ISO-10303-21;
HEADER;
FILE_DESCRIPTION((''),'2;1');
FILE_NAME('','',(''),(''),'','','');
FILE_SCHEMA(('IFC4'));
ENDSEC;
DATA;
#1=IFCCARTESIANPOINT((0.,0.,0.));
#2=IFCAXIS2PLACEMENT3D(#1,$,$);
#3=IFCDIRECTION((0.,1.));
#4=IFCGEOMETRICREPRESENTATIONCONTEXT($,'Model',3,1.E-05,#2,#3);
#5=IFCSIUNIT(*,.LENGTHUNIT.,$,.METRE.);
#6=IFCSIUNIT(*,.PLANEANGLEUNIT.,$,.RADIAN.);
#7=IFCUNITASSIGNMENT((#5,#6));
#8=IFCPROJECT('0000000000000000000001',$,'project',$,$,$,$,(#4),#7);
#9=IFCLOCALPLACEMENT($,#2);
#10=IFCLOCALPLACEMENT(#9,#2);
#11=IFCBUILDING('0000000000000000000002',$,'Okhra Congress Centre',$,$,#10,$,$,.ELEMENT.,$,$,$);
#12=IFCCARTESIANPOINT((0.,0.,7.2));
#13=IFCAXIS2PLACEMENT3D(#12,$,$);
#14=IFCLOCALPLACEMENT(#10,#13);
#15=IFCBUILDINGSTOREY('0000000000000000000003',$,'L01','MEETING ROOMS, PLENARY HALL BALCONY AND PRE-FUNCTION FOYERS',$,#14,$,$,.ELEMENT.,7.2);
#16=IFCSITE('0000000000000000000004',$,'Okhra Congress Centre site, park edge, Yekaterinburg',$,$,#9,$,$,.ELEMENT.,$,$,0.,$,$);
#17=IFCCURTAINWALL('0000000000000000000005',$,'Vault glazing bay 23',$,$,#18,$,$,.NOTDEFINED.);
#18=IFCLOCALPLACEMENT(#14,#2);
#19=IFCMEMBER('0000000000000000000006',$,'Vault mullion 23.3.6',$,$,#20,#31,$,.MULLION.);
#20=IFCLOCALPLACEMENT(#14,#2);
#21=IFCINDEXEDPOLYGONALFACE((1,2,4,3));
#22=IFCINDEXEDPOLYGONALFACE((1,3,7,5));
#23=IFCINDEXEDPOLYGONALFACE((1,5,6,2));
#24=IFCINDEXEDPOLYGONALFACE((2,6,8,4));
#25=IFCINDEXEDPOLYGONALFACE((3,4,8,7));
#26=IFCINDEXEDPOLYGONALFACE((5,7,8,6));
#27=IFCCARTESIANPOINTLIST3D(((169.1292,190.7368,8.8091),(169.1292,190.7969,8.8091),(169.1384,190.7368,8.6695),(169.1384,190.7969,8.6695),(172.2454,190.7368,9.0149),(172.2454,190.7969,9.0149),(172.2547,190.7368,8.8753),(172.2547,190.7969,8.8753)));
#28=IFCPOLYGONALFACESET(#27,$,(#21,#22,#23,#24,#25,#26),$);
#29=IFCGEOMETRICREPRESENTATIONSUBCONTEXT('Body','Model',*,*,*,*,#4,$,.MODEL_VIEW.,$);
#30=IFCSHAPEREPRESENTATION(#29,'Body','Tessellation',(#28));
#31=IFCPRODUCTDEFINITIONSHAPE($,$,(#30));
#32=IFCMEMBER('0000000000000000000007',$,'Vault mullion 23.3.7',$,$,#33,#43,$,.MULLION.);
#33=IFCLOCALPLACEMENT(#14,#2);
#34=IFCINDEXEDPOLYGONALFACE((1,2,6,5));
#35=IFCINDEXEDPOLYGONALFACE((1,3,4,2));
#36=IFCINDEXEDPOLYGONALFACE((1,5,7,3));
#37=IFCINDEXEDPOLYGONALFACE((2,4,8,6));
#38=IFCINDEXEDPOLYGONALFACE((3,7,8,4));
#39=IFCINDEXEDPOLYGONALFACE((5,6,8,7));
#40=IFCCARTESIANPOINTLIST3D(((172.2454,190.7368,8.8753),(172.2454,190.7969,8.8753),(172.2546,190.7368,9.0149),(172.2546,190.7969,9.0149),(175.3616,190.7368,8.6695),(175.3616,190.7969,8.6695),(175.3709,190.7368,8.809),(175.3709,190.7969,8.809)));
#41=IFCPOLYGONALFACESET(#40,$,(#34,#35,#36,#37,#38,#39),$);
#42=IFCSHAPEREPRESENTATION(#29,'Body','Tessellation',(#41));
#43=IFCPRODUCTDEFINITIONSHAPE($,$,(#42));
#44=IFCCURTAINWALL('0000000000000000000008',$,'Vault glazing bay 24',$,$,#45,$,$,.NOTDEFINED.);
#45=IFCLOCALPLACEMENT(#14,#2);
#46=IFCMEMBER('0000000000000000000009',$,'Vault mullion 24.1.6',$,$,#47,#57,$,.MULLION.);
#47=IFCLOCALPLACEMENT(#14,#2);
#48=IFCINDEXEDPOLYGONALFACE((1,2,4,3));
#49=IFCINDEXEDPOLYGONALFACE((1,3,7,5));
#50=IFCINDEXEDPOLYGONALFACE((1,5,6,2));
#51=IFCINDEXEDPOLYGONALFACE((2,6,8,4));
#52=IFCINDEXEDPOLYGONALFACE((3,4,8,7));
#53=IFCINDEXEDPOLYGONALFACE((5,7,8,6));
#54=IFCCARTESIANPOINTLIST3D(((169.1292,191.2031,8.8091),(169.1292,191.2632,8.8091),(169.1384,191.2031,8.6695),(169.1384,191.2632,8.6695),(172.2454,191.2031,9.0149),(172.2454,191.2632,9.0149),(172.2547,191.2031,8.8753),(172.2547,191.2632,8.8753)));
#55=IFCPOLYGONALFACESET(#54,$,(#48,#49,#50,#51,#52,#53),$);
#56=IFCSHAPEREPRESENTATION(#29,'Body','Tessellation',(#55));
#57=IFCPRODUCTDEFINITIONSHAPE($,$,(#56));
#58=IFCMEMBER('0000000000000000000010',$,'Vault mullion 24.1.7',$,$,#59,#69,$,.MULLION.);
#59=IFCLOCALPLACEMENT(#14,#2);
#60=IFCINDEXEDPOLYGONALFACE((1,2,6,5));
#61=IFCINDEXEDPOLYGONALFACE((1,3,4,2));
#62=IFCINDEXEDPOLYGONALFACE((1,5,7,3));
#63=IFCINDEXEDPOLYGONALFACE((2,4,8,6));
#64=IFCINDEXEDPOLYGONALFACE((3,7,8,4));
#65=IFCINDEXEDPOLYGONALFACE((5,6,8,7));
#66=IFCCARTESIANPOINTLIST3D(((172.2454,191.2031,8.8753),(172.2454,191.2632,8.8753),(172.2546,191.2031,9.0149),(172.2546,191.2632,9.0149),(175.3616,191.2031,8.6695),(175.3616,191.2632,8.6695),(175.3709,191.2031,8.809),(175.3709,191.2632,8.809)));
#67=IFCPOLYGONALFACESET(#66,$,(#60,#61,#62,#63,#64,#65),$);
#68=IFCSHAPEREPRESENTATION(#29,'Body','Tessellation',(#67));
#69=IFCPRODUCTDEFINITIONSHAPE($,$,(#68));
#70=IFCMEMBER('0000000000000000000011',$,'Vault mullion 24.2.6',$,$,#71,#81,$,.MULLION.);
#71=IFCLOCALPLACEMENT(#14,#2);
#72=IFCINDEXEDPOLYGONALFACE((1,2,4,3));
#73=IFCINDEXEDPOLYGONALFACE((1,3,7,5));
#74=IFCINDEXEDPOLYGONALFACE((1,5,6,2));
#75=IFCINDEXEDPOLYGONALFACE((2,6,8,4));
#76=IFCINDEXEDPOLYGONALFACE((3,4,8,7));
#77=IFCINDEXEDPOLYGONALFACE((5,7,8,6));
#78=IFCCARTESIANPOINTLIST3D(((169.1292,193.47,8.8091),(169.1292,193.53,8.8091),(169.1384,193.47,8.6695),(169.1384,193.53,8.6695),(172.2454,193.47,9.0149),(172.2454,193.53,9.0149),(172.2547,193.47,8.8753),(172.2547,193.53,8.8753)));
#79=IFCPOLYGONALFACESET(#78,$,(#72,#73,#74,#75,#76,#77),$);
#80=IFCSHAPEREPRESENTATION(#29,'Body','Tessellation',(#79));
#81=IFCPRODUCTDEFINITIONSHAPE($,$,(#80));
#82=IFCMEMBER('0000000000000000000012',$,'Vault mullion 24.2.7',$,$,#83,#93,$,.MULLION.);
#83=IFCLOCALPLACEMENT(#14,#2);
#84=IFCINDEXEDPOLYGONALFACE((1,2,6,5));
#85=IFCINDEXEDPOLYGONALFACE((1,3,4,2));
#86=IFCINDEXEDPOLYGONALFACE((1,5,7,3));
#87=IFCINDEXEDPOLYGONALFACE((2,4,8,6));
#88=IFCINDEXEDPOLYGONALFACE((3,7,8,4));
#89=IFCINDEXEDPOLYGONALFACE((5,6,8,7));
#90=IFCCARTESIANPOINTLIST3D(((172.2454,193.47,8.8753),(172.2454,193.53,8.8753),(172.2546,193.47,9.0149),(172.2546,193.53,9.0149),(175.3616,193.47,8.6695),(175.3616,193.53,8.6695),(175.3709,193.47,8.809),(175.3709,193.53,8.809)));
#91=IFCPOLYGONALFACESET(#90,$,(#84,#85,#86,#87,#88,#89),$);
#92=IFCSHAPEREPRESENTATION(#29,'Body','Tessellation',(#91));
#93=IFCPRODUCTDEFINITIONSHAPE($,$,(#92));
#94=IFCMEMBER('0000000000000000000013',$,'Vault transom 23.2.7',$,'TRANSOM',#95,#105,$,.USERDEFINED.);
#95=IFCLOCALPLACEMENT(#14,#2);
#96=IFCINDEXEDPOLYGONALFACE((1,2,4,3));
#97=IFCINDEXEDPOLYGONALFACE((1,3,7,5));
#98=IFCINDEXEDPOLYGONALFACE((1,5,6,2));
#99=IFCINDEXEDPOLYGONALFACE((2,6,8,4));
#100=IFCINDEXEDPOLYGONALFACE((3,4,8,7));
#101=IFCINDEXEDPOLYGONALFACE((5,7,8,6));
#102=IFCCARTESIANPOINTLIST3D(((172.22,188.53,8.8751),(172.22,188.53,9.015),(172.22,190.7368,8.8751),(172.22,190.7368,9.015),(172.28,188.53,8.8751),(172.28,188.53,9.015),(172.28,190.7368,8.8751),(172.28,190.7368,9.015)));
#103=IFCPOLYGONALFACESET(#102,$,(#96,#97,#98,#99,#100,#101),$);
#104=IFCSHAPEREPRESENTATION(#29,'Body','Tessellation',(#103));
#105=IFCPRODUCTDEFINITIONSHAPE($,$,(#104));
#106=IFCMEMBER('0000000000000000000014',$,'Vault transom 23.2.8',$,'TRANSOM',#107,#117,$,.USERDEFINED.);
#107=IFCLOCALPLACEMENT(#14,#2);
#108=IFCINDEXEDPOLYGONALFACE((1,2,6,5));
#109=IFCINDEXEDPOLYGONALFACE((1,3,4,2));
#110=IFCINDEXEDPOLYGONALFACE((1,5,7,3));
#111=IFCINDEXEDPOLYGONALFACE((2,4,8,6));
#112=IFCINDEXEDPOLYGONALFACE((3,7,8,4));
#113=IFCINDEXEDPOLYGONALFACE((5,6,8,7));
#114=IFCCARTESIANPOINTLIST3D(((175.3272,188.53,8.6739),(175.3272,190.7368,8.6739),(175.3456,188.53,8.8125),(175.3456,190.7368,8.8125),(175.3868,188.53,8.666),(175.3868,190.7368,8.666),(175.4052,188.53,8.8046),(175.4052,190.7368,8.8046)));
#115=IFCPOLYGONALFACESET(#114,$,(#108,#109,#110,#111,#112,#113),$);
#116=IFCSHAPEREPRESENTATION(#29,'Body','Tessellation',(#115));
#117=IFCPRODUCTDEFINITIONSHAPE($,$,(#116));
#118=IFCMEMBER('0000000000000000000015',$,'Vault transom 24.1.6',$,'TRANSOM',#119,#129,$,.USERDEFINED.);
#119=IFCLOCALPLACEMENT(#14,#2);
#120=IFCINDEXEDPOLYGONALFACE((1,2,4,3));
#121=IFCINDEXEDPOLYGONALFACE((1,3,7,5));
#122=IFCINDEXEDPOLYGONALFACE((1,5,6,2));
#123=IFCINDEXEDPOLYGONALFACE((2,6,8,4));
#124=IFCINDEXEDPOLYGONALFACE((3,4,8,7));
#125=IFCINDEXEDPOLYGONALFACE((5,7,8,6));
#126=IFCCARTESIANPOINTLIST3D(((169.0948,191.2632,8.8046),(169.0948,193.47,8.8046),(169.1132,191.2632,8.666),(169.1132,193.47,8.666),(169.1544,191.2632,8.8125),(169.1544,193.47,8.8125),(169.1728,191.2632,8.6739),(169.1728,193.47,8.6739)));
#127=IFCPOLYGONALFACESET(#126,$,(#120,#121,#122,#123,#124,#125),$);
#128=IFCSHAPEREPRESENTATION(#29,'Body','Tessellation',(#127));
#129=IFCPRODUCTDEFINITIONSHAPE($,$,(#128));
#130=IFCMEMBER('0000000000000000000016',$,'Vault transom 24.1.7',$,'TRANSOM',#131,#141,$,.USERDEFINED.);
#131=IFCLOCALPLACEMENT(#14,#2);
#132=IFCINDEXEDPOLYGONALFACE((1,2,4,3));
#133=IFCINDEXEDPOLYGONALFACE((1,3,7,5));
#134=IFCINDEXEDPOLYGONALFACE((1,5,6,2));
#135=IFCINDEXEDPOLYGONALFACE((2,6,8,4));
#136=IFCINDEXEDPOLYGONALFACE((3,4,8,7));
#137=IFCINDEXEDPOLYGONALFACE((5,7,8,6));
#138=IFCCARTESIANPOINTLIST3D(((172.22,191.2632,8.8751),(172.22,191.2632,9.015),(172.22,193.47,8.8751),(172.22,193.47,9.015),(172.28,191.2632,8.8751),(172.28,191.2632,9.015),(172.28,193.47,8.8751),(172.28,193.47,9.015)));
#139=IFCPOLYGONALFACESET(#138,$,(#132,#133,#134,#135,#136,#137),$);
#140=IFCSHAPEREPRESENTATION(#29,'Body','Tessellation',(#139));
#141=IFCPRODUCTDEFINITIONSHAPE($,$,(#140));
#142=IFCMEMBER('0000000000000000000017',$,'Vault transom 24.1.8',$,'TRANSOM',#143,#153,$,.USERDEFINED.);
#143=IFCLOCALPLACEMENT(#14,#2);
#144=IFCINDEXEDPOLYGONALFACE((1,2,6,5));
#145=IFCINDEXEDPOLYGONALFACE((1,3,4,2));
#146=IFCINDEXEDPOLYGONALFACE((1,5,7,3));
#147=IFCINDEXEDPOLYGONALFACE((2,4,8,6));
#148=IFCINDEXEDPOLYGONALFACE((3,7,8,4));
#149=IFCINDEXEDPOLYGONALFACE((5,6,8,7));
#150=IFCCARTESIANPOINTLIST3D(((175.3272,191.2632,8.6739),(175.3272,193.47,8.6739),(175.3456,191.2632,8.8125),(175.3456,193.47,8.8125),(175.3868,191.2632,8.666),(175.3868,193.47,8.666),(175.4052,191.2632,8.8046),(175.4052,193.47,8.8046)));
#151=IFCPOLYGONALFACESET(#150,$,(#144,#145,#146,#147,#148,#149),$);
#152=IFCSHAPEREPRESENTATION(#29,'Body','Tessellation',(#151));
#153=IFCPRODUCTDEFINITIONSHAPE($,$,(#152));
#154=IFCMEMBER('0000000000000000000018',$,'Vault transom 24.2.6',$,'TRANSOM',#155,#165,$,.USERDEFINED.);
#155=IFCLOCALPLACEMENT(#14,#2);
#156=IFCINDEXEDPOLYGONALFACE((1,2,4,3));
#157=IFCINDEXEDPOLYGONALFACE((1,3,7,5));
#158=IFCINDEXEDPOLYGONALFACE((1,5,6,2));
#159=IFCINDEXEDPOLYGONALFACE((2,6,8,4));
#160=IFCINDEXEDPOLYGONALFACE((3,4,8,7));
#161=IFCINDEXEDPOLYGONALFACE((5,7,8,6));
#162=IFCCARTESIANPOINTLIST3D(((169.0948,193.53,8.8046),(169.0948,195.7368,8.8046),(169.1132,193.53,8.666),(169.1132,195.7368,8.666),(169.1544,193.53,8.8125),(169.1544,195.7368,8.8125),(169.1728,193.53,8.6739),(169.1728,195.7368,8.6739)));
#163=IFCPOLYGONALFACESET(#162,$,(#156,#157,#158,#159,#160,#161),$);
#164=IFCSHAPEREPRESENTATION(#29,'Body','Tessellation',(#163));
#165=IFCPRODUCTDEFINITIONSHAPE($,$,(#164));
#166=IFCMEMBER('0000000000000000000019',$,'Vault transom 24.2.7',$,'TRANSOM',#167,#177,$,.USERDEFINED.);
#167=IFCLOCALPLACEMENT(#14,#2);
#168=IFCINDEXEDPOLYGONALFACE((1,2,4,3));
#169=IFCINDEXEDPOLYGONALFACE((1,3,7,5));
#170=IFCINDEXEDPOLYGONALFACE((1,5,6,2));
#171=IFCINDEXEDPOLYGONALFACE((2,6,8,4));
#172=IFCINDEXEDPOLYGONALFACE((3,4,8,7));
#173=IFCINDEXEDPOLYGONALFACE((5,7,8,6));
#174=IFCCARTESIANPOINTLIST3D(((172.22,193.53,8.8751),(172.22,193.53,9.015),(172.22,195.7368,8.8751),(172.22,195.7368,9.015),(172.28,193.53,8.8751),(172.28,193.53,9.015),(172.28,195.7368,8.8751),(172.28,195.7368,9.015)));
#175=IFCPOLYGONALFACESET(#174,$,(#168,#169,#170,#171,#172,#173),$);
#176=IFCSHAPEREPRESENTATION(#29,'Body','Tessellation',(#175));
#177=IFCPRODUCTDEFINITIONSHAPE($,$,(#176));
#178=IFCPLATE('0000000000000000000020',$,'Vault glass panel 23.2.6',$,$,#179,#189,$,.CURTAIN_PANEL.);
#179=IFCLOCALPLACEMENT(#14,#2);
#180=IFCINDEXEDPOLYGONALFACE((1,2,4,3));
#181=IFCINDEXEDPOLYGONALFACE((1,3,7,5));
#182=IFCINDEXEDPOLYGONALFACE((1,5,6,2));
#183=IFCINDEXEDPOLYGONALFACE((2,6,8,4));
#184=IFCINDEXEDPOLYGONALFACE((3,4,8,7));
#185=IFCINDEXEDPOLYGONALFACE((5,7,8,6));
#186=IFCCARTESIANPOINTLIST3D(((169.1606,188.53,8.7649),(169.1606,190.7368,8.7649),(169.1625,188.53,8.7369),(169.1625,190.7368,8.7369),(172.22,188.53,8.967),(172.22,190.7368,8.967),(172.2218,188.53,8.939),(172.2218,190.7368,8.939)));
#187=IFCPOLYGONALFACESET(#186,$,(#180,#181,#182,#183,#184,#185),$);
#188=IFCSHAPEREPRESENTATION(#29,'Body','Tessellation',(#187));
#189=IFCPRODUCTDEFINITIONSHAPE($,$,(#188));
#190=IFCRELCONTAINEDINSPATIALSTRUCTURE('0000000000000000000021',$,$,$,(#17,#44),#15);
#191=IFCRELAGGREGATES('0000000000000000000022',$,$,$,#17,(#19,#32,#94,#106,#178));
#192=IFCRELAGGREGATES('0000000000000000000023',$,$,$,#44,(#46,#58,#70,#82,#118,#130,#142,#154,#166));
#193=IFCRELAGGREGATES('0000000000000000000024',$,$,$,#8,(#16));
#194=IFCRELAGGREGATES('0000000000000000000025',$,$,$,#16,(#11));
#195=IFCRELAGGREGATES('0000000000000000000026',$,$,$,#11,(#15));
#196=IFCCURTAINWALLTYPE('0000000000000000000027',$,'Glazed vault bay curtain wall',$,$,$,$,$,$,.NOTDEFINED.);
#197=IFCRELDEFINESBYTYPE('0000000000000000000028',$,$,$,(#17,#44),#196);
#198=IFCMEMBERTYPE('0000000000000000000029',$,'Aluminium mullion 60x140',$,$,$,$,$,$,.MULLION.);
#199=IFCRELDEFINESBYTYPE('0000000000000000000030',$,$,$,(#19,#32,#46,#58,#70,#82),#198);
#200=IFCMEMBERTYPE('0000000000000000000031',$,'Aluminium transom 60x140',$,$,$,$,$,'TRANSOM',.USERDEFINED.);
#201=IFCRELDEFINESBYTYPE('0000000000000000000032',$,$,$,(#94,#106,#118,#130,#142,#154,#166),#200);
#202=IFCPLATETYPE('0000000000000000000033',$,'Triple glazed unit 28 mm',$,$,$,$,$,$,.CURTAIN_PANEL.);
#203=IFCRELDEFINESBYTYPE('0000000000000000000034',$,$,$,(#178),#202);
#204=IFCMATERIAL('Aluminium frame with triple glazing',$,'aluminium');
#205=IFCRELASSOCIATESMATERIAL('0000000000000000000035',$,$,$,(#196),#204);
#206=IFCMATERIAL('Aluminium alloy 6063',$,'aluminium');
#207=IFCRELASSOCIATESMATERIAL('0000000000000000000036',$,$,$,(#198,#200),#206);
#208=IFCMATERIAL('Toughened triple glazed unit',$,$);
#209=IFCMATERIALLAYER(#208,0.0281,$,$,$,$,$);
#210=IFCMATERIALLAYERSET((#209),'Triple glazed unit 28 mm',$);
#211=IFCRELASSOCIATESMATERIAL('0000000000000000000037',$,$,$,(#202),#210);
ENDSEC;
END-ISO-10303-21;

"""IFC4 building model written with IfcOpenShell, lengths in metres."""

from ifc_helpers import new_model, si_unit, direction, frame, origin, origin_2d, place, context, subcontext, project, spatial, polyline, rectangle, outline, extrude, material, layer, layer_set, material_profile, profile_set, type_object, element, aggregate, save


model = new_model("IFC4")

# Units and contexts
model_context = context("Model", 3, precision=1e-05, world=origin(), true_north=direction((0.0, 1.0)))
body_context = subcontext(model_context, "Body", "Model", "MODEL_VIEW")
ifc_project = project(units=[si_unit("LENGTHUNIT", "METRE"), si_unit("PLANEANGLEUNIT", "RADIAN")], contexts=[model_context])

# Site, building, storey
site_placement = place(None, origin())
site = spatial("IfcSite", under=ifc_project, at=site_placement, Name="Okhra Congress Centre site, park edge, Yekaterinburg", CompositionType="ELEMENT", RefElevation=0.0)
building_placement = place(site_placement, origin())
building = spatial("IfcBuilding", under=site, at=building_placement, Name="Okhra Congress Centre", CompositionType="ELEMENT")
storey_placement = place(building_placement, frame((0.0, 0.0, 7.2)))
storey = spatial("IfcBuildingStorey", under=building, at=storey_placement, Name="L01", Description="MEETING ROOMS, PLENARY HALL BALCONY AND PRE-FUNCTION FOYERS", CompositionType="ELEMENT", Elevation=7.2)

# Curtain walls, members
ifc_material_1 = material(Name="Aluminium frame with triple glazing", Category="aluminium")
curtain_wall_type = type_object("IfcCurtainWallType", Name="Glazed vault bay curtain wall", PredefinedType="NOTDEFINED", material=ifc_material_1)
curtain_wall_1_placement = place(storey_placement, origin())
curtain_wall_1 = element("IfcCurtainWall", 1, at=curtain_wall_1_placement, inside=storey, type_object=curtain_wall_type, Name="Vault glazing bay 23", PredefinedType="NOTDEFINED")
ifc_material_2 = material(Name="Aluminium alloy 6063", Category="aluminium")
ifc_material_profile_1 = material_profile(ifc_material_2, rectangle(XDim=0.0601, YDim=0.1399, at=origin_2d()), Name="AL 60x140")
ifc_profile_set_1 = profile_set([ifc_material_profile_1], Name="Aluminium alloy 6063")
member_type_1 = type_object("IfcMemberType", Name="Aluminium mullion 60x140", PredefinedType="MULLION", material=ifc_profile_set_1)
member_1_placement = place(storey_placement, frame((169.1338, 190.7668, 8.7393), z_axis=(0.997826, 0.0, 0.065902), x_axis=(0.0, 1.0, 0.0)))
member_1 = element("IfcMember", 2, at=member_1_placement, type_object=member_type_1, Name="Vault mullion 23.3.6", PredefinedType="MULLION", context=body_context, shape_type="SweptSolid", body=[
    extrude(rectangle(XDim=0.0601, YDim=0.1399, at=origin_2d()), origin(), (0.0, 0.0, 1.0), 3.123),
])
member_2_placement = place(storey_placement, frame((172.25, 190.7668, 8.9451), z_axis=(0.997826, 0.0, -0.065902), x_axis=(0.0, 1.0, 0.0)))
member_2 = element("IfcMember", 3, at=member_2_placement, type_object=member_type_1, Name="Vault mullion 23.3.7", PredefinedType="MULLION", context=body_context, shape_type="SweptSolid", body=[
    extrude(rectangle(XDim=0.0601, YDim=0.1399, at=origin_2d()), origin(), (0.0, 0.0, 1.0), 3.123),
])
curtain_wall_2_placement = place(storey_placement, origin())
curtain_wall_2 = element("IfcCurtainWall", 4, at=curtain_wall_2_placement, inside=storey, type_object=curtain_wall_type, Name="Vault glazing bay 24", PredefinedType="NOTDEFINED")
member_3_placement = place(storey_placement, frame((169.1338, 191.2332, 8.7393), z_axis=(0.997826, 0.0, 0.065902), x_axis=(0.0, 1.0, 0.0)))
member_3 = element("IfcMember", 5, at=member_3_placement, type_object=member_type_1, Name="Vault mullion 24.1.6", PredefinedType="MULLION", context=body_context, shape_type="SweptSolid", body=[
    extrude(rectangle(XDim=0.0601, YDim=0.1399, at=origin_2d()), origin(), (0.0, 0.0, 1.0), 3.123),
])
member_4_placement = place(storey_placement, frame((172.25, 191.2332, 8.9451), z_axis=(0.997826, 0.0, -0.065902), x_axis=(0.0, 1.0, 0.0)))
member_4 = element("IfcMember", 6, at=member_4_placement, type_object=member_type_1, Name="Vault mullion 24.1.7", PredefinedType="MULLION", context=body_context, shape_type="SweptSolid", body=[
    extrude(rectangle(XDim=0.0601, YDim=0.1399, at=origin_2d()), origin(), (0.0, 0.0, 1.0), 3.123),
])
member_5_placement = place(storey_placement, frame((169.1338, 193.5, 8.7393), z_axis=(0.997826, 0.0, 0.065902), x_axis=(0.0, 1.0, 0.0)))
member_5 = element("IfcMember", 7, at=member_5_placement, type_object=member_type_1, Name="Vault mullion 24.2.6", PredefinedType="MULLION", context=body_context, shape_type="SweptSolid", body=[
    extrude(rectangle(XDim=0.0601, YDim=0.1399, at=origin_2d()), origin(), (0.0, 0.0, 1.0), 3.123),
])
member_6_placement = place(storey_placement, frame((172.25, 193.5, 8.9451), z_axis=(0.997826, 0.0, -0.065902), x_axis=(0.0, 1.0, 0.0)))
member_6 = element("IfcMember", 8, at=member_6_placement, type_object=member_type_1, Name="Vault mullion 24.2.7", PredefinedType="MULLION", context=body_context, shape_type="SweptSolid", body=[
    extrude(rectangle(XDim=0.0601, YDim=0.1399, at=origin_2d()), origin(), (0.0, 0.0, 1.0), 3.123),
])

# Members
ifc_material_profile_2 = material_profile(ifc_material_2, rectangle(XDim=0.0601, YDim=0.1399, at=origin_2d()), Name="AL 60x140 transom")
ifc_profile_set_2 = profile_set([ifc_material_profile_2], Name="Aluminium alloy 6063")
member_type_2 = type_object("IfcMemberType", Name="Aluminium transom 60x140", ElementType="TRANSOM", PredefinedType="USERDEFINED", material=ifc_profile_set_2)
member_7_placement = place(storey_placement, frame((172.25, 188.53, 8.9451), z_axis=(0.0, 1.0, 0.0), x_axis=(-1.0, 0.0, 0.0)))
member_7 = element("IfcMember", 9, at=member_7_placement, type_object=member_type_2, Name="Vault transom 23.2.7", ObjectType="TRANSOM", PredefinedType="USERDEFINED", context=body_context, shape_type="SweptSolid", body=[
    extrude(rectangle(XDim=0.0601, YDim=0.1399, at=origin_2d()), origin(), (0.0, 0.0, 1.0), 2.2068),
])
member_8_placement = place(storey_placement, frame((175.3662, 188.53, 8.7393), z_axis=(0.0, 1.0, 0.0), x_axis=(-0.991307, 0.0, 0.131568)))
member_8 = element("IfcMember", 10, at=member_8_placement, type_object=member_type_2, Name="Vault transom 23.2.8", ObjectType="TRANSOM", PredefinedType="USERDEFINED", context=body_context, shape_type="SweptSolid", body=[
    extrude(rectangle(XDim=0.0601, YDim=0.1399, at=origin_2d()), origin(), (0.0, 0.0, 1.0), 2.2068),
])
member_9_placement = place(storey_placement, frame((169.1338, 191.2632, 8.7393), z_axis=(0.0, 1.0, 0.0), x_axis=(-0.991307, 0.0, -0.131568)))
member_9 = element("IfcMember", 11, at=member_9_placement, type_object=member_type_2, Name="Vault transom 24.1.6", ObjectType="TRANSOM", PredefinedType="USERDEFINED", context=body_context, shape_type="SweptSolid", body=[
    extrude(rectangle(XDim=0.0601, YDim=0.1399, at=origin_2d()), origin(), (0.0, 0.0, 1.0), 2.2068),
])
member_10_placement = place(storey_placement, frame((172.25, 191.2632, 8.9451), z_axis=(0.0, 1.0, 0.0), x_axis=(-1.0, 0.0, 0.0)))
member_10 = element("IfcMember", 12, at=member_10_placement, type_object=member_type_2, Name="Vault transom 24.1.7", ObjectType="TRANSOM", PredefinedType="USERDEFINED", context=body_context, shape_type="SweptSolid", body=[
    extrude(rectangle(XDim=0.0601, YDim=0.1399, at=origin_2d()), origin(), (0.0, 0.0, 1.0), 2.2068),
])
member_11_placement = place(storey_placement, frame((175.3662, 191.2632, 8.7393), z_axis=(0.0, 1.0, 0.0), x_axis=(-0.991307, 0.0, 0.131568)))
member_11 = element("IfcMember", 13, at=member_11_placement, type_object=member_type_2, Name="Vault transom 24.1.8", ObjectType="TRANSOM", PredefinedType="USERDEFINED", context=body_context, shape_type="SweptSolid", body=[
    extrude(rectangle(XDim=0.0601, YDim=0.1399, at=origin_2d()), origin(), (0.0, 0.0, 1.0), 2.2068),
])
member_12_placement = place(storey_placement, frame((169.1338, 193.53, 8.7393), z_axis=(0.0, 1.0, 0.0), x_axis=(-0.991307, 0.0, -0.131568)))
member_12 = element("IfcMember", 14, at=member_12_placement, type_object=member_type_2, Name="Vault transom 24.2.6", ObjectType="TRANSOM", PredefinedType="USERDEFINED", context=body_context, shape_type="SweptSolid", body=[
    extrude(rectangle(XDim=0.0601, YDim=0.1399, at=origin_2d()), origin(), (0.0, 0.0, 1.0), 2.2068),
])
member_13_placement = place(storey_placement, frame((172.25, 193.53, 8.9451), z_axis=(0.0, 1.0, 0.0), x_axis=(-1.0, 0.0, 0.0)))
member_13 = element("IfcMember", 15, at=member_13_placement, type_object=member_type_2, Name="Vault transom 24.2.7", ObjectType="TRANSOM", PredefinedType="USERDEFINED", context=body_context, shape_type="SweptSolid", body=[
    extrude(rectangle(XDim=0.0601, YDim=0.1399, at=origin_2d()), origin(), (0.0, 0.0, 1.0), 2.2068),
])

# Plate
ifc_material_3 = material(Name="Toughened triple glazed unit")
ifc_layer = layer(ifc_material_3, 0.0281)
ifc_layer_set = layer_set([ifc_layer], Name="Triple glazed unit 28 mm")
plate_type = type_object("IfcPlateType", Name="Triple glazed unit 28 mm", PredefinedType="CURTAIN_PANEL", material=ifc_layer_set)
plate_1_placement = place(storey_placement, frame((169.1606, 188.53, 8.7649), z_axis=(-0.065932, 0.0, 0.997824), x_axis=(0.997824, 0.0, 0.065932)))
plate_1 = element("IfcPlate", 16, at=plate_1_placement, type_object=plate_type, Name="Vault glass panel 23.2.6", PredefinedType="CURTAIN_PANEL", context=body_context, shape_type="SweptSolid", body=[
    extrude(outline(polyline([(0.0, 0.0), (3.066, 0.0), (3.066, 2.2068), (0.0, 2.2068), (0.0, 0.0)])), origin(), (0.0, 0.0, -1.0), 0.0281),
])
aggregate(curtain_wall_1, [member_1, member_2, member_7, member_8, plate_1])
aggregate(curtain_wall_2, [member_3, member_4, member_5, member_6, member_9, member_10, member_11, member_12, member_13])

save(model, "model.ifc")
